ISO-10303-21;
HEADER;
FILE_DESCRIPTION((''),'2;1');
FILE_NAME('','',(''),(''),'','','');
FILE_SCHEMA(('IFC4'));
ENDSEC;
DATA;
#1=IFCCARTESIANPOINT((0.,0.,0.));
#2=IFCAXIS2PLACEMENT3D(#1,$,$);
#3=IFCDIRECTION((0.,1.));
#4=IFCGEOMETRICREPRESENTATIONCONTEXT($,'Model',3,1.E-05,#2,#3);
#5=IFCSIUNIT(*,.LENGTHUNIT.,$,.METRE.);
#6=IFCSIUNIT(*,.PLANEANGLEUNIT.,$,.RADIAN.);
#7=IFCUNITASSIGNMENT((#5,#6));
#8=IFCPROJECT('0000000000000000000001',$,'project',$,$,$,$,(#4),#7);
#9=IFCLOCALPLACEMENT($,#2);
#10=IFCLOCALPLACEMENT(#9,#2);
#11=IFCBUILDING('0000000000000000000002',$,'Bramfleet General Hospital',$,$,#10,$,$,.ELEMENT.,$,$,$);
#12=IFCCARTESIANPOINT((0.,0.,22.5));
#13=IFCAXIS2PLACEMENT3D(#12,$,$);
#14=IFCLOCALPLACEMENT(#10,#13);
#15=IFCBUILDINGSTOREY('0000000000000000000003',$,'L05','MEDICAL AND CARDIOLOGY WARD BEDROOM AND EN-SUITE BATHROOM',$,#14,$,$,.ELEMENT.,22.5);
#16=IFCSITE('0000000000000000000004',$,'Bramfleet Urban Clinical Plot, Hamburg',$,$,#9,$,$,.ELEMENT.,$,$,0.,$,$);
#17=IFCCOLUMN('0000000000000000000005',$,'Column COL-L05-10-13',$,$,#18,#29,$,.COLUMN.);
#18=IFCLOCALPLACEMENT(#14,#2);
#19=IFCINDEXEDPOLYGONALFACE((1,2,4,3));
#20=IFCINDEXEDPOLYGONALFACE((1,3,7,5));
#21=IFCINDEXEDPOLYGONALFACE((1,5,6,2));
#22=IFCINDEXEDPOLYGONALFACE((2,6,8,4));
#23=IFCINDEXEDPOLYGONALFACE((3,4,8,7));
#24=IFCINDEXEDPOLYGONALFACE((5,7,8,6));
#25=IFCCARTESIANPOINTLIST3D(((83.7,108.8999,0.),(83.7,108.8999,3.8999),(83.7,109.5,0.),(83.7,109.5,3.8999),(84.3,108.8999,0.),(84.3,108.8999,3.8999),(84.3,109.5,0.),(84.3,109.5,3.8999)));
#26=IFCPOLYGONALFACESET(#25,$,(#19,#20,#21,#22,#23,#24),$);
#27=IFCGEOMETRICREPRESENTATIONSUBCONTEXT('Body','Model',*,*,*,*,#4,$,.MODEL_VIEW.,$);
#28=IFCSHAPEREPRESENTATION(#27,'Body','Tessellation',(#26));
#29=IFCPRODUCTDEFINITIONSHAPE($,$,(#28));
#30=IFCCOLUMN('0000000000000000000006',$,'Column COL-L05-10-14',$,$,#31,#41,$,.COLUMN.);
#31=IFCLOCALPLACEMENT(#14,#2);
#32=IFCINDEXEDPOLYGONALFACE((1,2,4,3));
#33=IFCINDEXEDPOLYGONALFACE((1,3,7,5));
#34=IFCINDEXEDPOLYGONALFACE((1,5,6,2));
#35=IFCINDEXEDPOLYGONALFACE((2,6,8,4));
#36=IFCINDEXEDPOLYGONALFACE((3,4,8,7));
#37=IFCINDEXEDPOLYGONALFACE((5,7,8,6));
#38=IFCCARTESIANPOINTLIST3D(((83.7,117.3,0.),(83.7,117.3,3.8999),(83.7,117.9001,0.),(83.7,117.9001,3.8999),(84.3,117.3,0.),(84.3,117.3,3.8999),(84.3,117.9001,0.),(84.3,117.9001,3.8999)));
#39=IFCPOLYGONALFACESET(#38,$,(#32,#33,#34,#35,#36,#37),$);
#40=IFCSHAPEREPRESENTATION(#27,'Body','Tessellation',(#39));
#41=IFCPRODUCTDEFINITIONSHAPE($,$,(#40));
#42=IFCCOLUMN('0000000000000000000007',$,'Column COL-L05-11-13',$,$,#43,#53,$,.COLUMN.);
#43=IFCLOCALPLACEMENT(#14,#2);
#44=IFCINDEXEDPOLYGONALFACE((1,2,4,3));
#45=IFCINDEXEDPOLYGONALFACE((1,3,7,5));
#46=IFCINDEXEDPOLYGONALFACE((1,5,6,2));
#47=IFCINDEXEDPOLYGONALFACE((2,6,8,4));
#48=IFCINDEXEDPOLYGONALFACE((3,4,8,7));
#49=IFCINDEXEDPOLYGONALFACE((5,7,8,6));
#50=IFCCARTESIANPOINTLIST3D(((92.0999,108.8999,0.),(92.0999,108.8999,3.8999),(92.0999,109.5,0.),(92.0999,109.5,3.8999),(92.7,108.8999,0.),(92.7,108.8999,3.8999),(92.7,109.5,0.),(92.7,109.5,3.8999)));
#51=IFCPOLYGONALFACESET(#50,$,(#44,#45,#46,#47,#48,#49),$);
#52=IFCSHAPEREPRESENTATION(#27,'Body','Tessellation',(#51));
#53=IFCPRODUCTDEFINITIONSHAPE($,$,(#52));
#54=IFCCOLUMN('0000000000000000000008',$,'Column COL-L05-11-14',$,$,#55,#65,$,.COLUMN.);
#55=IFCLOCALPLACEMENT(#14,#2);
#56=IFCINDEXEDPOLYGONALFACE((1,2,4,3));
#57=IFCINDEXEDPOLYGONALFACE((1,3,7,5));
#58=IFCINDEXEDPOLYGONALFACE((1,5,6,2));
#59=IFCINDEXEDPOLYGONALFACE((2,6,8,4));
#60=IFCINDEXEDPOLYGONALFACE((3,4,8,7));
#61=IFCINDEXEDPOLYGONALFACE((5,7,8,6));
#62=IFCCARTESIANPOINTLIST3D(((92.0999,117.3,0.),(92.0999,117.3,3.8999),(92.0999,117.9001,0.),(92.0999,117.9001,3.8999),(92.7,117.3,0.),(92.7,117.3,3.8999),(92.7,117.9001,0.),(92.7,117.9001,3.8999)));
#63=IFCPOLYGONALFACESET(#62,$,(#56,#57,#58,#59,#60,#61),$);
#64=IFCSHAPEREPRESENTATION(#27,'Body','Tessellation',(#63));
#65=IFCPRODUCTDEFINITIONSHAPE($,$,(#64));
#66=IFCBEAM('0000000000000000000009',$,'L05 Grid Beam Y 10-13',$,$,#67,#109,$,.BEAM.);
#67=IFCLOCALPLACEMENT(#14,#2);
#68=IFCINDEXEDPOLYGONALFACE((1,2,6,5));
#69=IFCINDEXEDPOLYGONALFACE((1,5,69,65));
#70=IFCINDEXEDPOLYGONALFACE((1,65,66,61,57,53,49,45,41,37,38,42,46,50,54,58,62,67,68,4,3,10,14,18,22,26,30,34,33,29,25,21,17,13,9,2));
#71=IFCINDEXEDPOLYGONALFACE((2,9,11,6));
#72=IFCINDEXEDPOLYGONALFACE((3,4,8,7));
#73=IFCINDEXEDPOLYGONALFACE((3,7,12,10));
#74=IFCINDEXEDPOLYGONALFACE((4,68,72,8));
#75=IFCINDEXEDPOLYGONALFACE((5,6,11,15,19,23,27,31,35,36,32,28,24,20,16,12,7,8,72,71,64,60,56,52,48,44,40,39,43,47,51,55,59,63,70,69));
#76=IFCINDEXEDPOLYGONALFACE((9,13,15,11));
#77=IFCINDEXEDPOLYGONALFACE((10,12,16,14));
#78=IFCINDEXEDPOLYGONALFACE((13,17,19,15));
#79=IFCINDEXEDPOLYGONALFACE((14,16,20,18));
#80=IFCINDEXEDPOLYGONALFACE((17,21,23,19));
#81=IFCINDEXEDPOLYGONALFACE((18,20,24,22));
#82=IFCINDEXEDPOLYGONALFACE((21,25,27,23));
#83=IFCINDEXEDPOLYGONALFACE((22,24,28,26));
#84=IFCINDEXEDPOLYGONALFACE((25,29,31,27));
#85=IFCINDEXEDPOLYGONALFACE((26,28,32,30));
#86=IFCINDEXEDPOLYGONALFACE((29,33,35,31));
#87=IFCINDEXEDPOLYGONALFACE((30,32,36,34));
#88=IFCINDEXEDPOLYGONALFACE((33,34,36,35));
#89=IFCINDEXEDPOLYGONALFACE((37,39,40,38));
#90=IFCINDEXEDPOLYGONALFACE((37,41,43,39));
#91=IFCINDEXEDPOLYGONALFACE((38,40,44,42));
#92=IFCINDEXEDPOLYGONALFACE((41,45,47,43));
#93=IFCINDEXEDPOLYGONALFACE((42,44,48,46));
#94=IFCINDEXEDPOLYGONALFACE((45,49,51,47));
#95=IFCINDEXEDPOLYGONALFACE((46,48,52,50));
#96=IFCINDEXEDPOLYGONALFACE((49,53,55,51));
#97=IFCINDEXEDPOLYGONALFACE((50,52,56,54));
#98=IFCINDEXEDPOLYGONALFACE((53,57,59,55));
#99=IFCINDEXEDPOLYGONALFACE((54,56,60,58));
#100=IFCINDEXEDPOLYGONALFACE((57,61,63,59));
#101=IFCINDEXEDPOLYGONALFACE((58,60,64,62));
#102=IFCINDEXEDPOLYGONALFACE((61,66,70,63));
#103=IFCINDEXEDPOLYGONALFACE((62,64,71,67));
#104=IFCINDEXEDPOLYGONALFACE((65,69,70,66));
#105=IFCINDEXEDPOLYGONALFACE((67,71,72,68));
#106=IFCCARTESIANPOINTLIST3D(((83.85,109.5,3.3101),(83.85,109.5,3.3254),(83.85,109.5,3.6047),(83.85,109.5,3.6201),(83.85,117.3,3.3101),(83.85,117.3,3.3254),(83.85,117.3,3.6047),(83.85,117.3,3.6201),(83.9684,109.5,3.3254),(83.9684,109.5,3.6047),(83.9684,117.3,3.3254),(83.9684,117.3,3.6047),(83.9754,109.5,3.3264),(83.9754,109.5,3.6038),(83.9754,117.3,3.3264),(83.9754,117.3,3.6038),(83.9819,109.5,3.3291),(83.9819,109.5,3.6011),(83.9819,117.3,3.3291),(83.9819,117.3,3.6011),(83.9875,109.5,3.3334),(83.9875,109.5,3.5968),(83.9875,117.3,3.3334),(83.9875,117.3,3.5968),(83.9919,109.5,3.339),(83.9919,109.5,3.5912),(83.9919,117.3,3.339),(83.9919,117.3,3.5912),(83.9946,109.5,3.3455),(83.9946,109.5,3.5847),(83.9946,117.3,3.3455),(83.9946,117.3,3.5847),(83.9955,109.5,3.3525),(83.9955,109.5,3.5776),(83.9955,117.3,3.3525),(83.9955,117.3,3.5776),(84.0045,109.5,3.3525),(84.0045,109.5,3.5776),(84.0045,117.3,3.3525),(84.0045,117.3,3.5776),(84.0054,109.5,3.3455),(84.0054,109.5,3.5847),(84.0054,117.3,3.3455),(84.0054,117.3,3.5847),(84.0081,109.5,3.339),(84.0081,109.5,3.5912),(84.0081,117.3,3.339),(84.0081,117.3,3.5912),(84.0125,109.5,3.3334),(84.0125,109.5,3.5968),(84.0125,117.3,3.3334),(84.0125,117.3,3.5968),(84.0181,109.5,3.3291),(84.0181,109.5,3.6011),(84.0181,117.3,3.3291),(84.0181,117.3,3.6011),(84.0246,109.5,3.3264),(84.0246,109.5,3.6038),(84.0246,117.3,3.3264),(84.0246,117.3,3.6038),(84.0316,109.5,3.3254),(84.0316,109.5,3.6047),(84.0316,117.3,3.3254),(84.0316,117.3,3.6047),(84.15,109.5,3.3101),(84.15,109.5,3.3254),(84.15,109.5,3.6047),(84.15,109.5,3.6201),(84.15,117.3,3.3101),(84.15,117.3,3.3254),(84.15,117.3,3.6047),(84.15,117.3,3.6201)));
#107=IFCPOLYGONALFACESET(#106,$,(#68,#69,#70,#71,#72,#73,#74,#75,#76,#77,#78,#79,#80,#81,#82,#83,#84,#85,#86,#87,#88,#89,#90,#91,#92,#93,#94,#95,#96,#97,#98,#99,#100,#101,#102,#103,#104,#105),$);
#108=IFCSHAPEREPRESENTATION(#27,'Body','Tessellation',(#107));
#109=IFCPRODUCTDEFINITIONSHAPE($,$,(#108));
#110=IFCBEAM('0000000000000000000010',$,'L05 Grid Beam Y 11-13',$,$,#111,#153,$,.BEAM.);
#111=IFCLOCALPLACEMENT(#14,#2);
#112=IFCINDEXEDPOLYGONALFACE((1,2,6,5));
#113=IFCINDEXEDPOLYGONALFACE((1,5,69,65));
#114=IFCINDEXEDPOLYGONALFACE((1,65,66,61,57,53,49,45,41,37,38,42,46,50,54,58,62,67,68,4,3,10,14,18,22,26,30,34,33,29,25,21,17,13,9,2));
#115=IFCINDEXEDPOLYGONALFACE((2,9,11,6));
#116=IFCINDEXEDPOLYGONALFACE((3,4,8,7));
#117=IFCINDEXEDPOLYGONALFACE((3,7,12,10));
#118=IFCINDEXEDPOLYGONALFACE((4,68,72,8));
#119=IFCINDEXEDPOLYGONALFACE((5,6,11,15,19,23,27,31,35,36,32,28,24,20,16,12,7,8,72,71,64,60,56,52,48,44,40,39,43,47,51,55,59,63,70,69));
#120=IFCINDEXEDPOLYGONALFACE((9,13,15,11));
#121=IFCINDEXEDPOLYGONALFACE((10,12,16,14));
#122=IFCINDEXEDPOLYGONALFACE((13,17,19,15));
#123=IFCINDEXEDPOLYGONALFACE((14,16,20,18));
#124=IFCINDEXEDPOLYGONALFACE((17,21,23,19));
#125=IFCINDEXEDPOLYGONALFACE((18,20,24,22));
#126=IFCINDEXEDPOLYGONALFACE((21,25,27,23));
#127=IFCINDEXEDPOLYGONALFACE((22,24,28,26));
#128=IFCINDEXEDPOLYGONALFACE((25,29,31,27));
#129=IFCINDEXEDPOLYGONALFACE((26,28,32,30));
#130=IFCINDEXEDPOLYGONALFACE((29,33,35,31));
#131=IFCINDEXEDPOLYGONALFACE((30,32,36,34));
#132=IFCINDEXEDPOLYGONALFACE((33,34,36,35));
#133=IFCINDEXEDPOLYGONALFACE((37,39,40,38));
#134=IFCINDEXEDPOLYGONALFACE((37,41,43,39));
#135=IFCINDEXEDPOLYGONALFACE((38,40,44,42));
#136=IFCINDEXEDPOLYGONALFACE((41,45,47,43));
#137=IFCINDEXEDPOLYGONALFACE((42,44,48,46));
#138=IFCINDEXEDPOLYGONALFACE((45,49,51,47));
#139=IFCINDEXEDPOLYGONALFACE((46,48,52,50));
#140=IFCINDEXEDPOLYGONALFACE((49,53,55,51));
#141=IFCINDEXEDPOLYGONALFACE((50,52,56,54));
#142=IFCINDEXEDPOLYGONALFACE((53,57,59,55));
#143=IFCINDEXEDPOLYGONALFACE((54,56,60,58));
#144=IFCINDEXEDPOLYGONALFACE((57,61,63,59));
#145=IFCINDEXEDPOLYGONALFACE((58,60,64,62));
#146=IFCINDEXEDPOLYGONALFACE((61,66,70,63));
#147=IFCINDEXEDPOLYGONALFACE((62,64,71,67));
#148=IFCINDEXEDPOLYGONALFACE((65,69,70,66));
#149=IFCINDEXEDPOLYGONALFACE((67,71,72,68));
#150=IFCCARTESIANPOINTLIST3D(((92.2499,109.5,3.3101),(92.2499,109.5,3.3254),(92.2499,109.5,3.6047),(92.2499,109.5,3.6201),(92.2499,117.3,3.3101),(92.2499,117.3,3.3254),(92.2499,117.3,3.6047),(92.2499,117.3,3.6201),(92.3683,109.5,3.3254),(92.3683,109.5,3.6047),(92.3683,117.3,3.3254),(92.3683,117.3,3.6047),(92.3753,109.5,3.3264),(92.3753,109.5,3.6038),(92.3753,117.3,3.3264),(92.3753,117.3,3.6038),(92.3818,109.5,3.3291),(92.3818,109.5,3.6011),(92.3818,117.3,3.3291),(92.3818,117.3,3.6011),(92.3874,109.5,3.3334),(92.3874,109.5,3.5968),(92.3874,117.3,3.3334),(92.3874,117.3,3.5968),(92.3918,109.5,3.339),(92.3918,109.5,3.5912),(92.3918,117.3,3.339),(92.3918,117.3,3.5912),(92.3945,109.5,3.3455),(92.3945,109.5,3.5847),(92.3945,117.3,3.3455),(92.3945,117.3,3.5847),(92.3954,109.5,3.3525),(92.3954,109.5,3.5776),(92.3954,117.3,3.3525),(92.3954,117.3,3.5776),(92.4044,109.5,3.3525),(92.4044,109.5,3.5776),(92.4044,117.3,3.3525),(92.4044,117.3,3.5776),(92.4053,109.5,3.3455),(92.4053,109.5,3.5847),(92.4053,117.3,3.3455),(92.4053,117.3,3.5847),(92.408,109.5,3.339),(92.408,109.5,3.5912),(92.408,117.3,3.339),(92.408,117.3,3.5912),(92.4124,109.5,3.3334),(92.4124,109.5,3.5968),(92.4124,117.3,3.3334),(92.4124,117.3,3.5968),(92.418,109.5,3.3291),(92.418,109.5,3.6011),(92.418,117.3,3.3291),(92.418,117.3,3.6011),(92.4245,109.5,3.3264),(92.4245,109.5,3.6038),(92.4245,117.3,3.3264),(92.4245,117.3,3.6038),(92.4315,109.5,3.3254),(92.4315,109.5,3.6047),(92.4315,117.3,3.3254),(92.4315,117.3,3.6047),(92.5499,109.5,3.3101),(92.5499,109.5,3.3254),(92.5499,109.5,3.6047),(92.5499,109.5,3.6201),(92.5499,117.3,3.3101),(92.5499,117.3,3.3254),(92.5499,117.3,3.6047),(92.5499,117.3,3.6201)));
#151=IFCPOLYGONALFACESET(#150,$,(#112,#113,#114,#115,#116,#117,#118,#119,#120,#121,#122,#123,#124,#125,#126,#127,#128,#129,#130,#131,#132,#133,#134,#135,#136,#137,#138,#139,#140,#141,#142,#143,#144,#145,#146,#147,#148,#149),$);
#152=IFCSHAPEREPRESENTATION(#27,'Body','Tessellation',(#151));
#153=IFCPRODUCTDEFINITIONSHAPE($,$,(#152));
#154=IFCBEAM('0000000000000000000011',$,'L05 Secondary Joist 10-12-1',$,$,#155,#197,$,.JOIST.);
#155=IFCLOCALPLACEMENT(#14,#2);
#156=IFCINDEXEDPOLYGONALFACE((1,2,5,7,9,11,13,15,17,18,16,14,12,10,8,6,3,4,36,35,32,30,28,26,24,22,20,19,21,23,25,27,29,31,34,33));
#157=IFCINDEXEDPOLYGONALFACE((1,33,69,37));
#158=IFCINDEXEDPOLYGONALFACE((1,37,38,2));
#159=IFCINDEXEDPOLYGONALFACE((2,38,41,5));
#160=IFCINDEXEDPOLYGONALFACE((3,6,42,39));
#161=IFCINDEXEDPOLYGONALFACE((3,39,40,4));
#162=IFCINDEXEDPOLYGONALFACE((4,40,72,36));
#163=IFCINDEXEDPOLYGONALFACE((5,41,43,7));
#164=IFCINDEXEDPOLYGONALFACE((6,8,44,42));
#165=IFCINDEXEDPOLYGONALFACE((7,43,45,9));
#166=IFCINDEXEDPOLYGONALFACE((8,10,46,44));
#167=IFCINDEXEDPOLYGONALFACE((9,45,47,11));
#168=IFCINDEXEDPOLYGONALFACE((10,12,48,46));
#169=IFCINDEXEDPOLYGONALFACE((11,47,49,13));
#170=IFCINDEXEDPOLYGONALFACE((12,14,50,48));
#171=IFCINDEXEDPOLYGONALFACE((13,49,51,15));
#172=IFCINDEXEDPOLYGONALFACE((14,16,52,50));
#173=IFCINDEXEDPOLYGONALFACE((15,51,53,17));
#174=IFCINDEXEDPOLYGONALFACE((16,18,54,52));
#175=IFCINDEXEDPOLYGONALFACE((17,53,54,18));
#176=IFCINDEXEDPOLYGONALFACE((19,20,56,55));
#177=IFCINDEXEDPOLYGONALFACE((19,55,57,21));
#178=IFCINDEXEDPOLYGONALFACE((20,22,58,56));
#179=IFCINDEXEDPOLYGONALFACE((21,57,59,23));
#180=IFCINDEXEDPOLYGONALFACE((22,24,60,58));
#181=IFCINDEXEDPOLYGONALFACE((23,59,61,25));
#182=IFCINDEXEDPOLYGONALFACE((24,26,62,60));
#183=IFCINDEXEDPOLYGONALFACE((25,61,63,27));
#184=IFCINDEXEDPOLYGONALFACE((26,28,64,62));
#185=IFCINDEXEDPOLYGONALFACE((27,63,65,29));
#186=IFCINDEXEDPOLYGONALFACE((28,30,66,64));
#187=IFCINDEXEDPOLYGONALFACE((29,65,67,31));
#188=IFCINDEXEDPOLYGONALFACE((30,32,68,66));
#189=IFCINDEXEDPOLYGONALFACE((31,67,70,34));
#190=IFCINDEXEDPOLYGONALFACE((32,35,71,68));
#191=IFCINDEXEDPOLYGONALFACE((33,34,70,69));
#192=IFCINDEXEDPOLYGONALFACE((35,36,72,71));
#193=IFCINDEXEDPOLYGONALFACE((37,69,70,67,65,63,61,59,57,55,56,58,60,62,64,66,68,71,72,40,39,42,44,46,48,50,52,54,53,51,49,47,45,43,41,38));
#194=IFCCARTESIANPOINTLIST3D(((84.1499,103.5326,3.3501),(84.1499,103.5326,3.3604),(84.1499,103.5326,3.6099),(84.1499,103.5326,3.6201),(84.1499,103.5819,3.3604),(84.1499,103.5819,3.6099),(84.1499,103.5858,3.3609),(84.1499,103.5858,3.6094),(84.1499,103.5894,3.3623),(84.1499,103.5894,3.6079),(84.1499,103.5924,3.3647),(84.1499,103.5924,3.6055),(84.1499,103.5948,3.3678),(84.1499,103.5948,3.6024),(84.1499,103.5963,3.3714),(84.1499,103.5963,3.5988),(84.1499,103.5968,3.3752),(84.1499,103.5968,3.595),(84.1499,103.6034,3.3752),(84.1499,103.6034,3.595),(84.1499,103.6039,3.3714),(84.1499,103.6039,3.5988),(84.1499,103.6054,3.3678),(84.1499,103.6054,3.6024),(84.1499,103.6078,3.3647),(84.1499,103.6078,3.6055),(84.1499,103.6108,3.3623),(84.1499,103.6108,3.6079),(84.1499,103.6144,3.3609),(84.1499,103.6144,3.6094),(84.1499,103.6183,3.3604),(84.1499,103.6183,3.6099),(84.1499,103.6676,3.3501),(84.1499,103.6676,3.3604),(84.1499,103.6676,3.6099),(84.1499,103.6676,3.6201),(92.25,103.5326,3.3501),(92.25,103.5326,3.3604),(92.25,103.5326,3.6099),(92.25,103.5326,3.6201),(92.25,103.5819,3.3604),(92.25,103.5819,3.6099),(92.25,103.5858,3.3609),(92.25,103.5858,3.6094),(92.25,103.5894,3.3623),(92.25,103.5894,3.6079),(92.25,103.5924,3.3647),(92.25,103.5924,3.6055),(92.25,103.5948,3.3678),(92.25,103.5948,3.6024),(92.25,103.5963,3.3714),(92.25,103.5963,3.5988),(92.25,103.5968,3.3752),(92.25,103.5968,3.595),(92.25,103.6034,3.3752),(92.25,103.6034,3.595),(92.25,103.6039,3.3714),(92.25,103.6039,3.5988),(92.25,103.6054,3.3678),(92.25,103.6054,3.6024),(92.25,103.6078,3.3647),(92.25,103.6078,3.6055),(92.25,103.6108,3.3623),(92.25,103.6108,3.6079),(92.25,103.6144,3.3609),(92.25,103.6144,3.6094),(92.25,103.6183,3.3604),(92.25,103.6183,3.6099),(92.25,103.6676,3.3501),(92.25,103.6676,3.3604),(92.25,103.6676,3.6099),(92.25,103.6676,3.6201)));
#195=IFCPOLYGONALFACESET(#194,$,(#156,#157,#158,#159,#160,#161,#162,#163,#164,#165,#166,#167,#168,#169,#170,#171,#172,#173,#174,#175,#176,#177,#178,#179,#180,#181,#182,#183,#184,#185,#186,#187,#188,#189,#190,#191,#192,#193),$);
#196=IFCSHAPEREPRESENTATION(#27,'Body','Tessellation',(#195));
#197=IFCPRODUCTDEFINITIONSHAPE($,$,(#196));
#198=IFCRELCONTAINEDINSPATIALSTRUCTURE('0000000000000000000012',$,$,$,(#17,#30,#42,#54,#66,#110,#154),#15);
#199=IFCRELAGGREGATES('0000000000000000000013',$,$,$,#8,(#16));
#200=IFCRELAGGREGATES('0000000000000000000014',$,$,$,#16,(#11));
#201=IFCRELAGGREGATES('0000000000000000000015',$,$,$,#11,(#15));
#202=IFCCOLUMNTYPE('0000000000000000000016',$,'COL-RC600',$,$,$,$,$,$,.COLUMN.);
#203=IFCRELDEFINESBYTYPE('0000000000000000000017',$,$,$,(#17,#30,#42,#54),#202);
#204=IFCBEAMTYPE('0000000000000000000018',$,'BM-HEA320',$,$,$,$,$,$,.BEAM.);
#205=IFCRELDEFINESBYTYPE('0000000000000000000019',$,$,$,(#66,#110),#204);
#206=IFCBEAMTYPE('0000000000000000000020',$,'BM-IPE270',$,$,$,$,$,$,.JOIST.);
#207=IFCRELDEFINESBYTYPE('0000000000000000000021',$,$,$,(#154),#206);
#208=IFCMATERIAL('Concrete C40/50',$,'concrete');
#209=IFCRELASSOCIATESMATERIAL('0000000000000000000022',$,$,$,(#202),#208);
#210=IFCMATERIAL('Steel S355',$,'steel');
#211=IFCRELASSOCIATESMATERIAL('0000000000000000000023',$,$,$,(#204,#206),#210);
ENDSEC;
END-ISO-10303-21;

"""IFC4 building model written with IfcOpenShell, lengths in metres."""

from ifc_helpers import new_model, si_unit, direction, frame, origin, origin_2d, place, context, subcontext, project, spatial, rectangle, i_section, extrude, material, material_profile, profile_set, type_object, element, save


model = new_model("IFC4")

# Units and contexts
model_context = context("Model", 3, precision=1e-05, world=origin(), true_north=direction((0.0, 1.0)))
body_context = subcontext(model_context, "Body", "Model", "MODEL_VIEW")
ifc_project = project(units=[si_unit("LENGTHUNIT", "METRE"), si_unit("PLANEANGLEUNIT", "RADIAN")], contexts=[model_context])

# Site, building, storey
site_placement = place(None, origin())
site = spatial("IfcSite", under=ifc_project, at=site_placement, Name="Bramfleet Urban Clinical Plot, Hamburg", CompositionType="ELEMENT", RefElevation=0.0)
building_placement = place(site_placement, origin())
building = spatial("IfcBuilding", under=site, at=building_placement, Name="Bramfleet General Hospital", CompositionType="ELEMENT")
storey_placement = place(building_placement, frame((0.0, 0.0, 22.5)))
storey = spatial("IfcBuildingStorey", under=building, at=storey_placement, Name="L05", Description="MEDICAL AND CARDIOLOGY WARD BEDROOM AND EN-SUITE BATHROOM", CompositionType="ELEMENT", Elevation=22.5)

# Columns
ifc_material_1 = material(Name="Concrete C40/50", Category="concrete")
ifc_material_profile_1 = material_profile(ifc_material_1, rectangle(XDim=0.6001, YDim=0.6001, at=origin_2d()), Name="RC COL 600x600")
ifc_profile_set_1 = profile_set([ifc_material_profile_1], Name="Concrete C40/50")
column_type = type_object("IfcColumnType", Name="COL-RC600", PredefinedType="COLUMN", material=ifc_profile_set_1)
for number, where, z_axis, x_axis, name in (
    (1, (84.0, 109.2, 0.0), (0.0, 0.0, 1.0), (1.0, 0.0, 0.0), "Column COL-L05-10-13"),
    (2, (84.0, 117.6001, 0.0), (0.0, 0.0, 1.0), (1.0, 0.0, 0.0), "Column COL-L05-10-14"),
    (3, (92.3999, 109.2, 0.0), (0.0, 0.0, 1.0), (1.0, 0.0, 0.0), "Column COL-L05-11-13"),
    (4, (92.3999, 117.6001, 0.0), (0.0, 0.0, 1.0), (1.0, 0.0, 0.0), "Column COL-L05-11-14"),
):
    element("IfcColumn", number, at=place(storey_placement, frame(where, z_axis=z_axis, x_axis=x_axis)), inside=storey, type_object=column_type, Name=name, PredefinedType="COLUMN", context=body_context, shape_type="SweptSolid", body=[
        extrude(rectangle(XDim=0.6001, YDim=0.6001, at=origin_2d()), origin(), (0.0, 0.0, 1.0), 3.8999),
    ])

# Beams
ifc_material_2 = material(Name="Steel S355", Category="steel")
ifc_material_profile_2 = material_profile(ifc_material_2, i_section(OverallWidth=0.3, OverallDepth=0.3101, WebThickness=0.009, FlangeThickness=0.0154, FilletRadius=0.0271, at=origin_2d()), Name="HEA 320")
ifc_profile_set_2 = profile_set([ifc_material_profile_2], Name="Steel S355")
beam_type_1 = type_object("IfcBeamType", Name="BM-HEA320", PredefinedType="BEAM", material=ifc_profile_set_2)
for number, where, z_axis, x_axis, name in (
    (5, (84.0, 109.5, 3.4651), (0.0, 1.0, 0.0), (-1.0, 0.0, 0.0), "L05 Grid Beam Y 10-13"),
    (6, (92.3999, 109.5, 3.4651), (0.0, 1.0, 0.0), (-1.0, 0.0, 0.0), "L05 Grid Beam Y 11-13"),
):
    element("IfcBeam", number, at=place(storey_placement, frame(where, z_axis=z_axis, x_axis=x_axis)), inside=storey, type_object=beam_type_1, Name=name, PredefinedType="BEAM", context=body_context, shape_type="SweptSolid", body=[
        extrude(i_section(OverallWidth=0.3, OverallDepth=0.3101, WebThickness=0.009, FlangeThickness=0.0154, FilletRadius=0.0271, at=origin_2d()), origin(), (0.0, 0.0, 1.0), 7.8),
    ])
ifc_material_profile_3 = material_profile(ifc_material_2, i_section(OverallWidth=0.135, OverallDepth=0.27, WebThickness=0.0066, FlangeThickness=0.0103, FilletRadius=0.0149, at=origin_2d()), Name="IPE 270")
ifc_profile_set_3 = profile_set([ifc_material_profile_3], Name="Steel S355")
beam_type_2 = type_object("IfcBeamType", Name="BM-IPE270", PredefinedType="JOIST", material=ifc_profile_set_3)
for number, where, z_axis, x_axis, name in (
    (7, (84.1499, 103.6001, 3.4851), (1.0, 0.0, 0.0), (0.0, 1.0, 0.0), "L05 Secondary Joist 10-12-1"),
):
    element("IfcBeam", number, at=place(storey_placement, frame(where, z_axis=z_axis, x_axis=x_axis)), inside=storey, type_object=beam_type_2, Name=name, PredefinedType="JOIST", context=body_context, shape_type="SweptSolid", body=[
        extrude(i_section(OverallWidth=0.135, OverallDepth=0.27, WebThickness=0.0066, FlangeThickness=0.0103, FilletRadius=0.0149, at=origin_2d()), origin(), (0.0, 0.0, 1.0), 8.1001),
    ])

save(model, "model.ifc")
